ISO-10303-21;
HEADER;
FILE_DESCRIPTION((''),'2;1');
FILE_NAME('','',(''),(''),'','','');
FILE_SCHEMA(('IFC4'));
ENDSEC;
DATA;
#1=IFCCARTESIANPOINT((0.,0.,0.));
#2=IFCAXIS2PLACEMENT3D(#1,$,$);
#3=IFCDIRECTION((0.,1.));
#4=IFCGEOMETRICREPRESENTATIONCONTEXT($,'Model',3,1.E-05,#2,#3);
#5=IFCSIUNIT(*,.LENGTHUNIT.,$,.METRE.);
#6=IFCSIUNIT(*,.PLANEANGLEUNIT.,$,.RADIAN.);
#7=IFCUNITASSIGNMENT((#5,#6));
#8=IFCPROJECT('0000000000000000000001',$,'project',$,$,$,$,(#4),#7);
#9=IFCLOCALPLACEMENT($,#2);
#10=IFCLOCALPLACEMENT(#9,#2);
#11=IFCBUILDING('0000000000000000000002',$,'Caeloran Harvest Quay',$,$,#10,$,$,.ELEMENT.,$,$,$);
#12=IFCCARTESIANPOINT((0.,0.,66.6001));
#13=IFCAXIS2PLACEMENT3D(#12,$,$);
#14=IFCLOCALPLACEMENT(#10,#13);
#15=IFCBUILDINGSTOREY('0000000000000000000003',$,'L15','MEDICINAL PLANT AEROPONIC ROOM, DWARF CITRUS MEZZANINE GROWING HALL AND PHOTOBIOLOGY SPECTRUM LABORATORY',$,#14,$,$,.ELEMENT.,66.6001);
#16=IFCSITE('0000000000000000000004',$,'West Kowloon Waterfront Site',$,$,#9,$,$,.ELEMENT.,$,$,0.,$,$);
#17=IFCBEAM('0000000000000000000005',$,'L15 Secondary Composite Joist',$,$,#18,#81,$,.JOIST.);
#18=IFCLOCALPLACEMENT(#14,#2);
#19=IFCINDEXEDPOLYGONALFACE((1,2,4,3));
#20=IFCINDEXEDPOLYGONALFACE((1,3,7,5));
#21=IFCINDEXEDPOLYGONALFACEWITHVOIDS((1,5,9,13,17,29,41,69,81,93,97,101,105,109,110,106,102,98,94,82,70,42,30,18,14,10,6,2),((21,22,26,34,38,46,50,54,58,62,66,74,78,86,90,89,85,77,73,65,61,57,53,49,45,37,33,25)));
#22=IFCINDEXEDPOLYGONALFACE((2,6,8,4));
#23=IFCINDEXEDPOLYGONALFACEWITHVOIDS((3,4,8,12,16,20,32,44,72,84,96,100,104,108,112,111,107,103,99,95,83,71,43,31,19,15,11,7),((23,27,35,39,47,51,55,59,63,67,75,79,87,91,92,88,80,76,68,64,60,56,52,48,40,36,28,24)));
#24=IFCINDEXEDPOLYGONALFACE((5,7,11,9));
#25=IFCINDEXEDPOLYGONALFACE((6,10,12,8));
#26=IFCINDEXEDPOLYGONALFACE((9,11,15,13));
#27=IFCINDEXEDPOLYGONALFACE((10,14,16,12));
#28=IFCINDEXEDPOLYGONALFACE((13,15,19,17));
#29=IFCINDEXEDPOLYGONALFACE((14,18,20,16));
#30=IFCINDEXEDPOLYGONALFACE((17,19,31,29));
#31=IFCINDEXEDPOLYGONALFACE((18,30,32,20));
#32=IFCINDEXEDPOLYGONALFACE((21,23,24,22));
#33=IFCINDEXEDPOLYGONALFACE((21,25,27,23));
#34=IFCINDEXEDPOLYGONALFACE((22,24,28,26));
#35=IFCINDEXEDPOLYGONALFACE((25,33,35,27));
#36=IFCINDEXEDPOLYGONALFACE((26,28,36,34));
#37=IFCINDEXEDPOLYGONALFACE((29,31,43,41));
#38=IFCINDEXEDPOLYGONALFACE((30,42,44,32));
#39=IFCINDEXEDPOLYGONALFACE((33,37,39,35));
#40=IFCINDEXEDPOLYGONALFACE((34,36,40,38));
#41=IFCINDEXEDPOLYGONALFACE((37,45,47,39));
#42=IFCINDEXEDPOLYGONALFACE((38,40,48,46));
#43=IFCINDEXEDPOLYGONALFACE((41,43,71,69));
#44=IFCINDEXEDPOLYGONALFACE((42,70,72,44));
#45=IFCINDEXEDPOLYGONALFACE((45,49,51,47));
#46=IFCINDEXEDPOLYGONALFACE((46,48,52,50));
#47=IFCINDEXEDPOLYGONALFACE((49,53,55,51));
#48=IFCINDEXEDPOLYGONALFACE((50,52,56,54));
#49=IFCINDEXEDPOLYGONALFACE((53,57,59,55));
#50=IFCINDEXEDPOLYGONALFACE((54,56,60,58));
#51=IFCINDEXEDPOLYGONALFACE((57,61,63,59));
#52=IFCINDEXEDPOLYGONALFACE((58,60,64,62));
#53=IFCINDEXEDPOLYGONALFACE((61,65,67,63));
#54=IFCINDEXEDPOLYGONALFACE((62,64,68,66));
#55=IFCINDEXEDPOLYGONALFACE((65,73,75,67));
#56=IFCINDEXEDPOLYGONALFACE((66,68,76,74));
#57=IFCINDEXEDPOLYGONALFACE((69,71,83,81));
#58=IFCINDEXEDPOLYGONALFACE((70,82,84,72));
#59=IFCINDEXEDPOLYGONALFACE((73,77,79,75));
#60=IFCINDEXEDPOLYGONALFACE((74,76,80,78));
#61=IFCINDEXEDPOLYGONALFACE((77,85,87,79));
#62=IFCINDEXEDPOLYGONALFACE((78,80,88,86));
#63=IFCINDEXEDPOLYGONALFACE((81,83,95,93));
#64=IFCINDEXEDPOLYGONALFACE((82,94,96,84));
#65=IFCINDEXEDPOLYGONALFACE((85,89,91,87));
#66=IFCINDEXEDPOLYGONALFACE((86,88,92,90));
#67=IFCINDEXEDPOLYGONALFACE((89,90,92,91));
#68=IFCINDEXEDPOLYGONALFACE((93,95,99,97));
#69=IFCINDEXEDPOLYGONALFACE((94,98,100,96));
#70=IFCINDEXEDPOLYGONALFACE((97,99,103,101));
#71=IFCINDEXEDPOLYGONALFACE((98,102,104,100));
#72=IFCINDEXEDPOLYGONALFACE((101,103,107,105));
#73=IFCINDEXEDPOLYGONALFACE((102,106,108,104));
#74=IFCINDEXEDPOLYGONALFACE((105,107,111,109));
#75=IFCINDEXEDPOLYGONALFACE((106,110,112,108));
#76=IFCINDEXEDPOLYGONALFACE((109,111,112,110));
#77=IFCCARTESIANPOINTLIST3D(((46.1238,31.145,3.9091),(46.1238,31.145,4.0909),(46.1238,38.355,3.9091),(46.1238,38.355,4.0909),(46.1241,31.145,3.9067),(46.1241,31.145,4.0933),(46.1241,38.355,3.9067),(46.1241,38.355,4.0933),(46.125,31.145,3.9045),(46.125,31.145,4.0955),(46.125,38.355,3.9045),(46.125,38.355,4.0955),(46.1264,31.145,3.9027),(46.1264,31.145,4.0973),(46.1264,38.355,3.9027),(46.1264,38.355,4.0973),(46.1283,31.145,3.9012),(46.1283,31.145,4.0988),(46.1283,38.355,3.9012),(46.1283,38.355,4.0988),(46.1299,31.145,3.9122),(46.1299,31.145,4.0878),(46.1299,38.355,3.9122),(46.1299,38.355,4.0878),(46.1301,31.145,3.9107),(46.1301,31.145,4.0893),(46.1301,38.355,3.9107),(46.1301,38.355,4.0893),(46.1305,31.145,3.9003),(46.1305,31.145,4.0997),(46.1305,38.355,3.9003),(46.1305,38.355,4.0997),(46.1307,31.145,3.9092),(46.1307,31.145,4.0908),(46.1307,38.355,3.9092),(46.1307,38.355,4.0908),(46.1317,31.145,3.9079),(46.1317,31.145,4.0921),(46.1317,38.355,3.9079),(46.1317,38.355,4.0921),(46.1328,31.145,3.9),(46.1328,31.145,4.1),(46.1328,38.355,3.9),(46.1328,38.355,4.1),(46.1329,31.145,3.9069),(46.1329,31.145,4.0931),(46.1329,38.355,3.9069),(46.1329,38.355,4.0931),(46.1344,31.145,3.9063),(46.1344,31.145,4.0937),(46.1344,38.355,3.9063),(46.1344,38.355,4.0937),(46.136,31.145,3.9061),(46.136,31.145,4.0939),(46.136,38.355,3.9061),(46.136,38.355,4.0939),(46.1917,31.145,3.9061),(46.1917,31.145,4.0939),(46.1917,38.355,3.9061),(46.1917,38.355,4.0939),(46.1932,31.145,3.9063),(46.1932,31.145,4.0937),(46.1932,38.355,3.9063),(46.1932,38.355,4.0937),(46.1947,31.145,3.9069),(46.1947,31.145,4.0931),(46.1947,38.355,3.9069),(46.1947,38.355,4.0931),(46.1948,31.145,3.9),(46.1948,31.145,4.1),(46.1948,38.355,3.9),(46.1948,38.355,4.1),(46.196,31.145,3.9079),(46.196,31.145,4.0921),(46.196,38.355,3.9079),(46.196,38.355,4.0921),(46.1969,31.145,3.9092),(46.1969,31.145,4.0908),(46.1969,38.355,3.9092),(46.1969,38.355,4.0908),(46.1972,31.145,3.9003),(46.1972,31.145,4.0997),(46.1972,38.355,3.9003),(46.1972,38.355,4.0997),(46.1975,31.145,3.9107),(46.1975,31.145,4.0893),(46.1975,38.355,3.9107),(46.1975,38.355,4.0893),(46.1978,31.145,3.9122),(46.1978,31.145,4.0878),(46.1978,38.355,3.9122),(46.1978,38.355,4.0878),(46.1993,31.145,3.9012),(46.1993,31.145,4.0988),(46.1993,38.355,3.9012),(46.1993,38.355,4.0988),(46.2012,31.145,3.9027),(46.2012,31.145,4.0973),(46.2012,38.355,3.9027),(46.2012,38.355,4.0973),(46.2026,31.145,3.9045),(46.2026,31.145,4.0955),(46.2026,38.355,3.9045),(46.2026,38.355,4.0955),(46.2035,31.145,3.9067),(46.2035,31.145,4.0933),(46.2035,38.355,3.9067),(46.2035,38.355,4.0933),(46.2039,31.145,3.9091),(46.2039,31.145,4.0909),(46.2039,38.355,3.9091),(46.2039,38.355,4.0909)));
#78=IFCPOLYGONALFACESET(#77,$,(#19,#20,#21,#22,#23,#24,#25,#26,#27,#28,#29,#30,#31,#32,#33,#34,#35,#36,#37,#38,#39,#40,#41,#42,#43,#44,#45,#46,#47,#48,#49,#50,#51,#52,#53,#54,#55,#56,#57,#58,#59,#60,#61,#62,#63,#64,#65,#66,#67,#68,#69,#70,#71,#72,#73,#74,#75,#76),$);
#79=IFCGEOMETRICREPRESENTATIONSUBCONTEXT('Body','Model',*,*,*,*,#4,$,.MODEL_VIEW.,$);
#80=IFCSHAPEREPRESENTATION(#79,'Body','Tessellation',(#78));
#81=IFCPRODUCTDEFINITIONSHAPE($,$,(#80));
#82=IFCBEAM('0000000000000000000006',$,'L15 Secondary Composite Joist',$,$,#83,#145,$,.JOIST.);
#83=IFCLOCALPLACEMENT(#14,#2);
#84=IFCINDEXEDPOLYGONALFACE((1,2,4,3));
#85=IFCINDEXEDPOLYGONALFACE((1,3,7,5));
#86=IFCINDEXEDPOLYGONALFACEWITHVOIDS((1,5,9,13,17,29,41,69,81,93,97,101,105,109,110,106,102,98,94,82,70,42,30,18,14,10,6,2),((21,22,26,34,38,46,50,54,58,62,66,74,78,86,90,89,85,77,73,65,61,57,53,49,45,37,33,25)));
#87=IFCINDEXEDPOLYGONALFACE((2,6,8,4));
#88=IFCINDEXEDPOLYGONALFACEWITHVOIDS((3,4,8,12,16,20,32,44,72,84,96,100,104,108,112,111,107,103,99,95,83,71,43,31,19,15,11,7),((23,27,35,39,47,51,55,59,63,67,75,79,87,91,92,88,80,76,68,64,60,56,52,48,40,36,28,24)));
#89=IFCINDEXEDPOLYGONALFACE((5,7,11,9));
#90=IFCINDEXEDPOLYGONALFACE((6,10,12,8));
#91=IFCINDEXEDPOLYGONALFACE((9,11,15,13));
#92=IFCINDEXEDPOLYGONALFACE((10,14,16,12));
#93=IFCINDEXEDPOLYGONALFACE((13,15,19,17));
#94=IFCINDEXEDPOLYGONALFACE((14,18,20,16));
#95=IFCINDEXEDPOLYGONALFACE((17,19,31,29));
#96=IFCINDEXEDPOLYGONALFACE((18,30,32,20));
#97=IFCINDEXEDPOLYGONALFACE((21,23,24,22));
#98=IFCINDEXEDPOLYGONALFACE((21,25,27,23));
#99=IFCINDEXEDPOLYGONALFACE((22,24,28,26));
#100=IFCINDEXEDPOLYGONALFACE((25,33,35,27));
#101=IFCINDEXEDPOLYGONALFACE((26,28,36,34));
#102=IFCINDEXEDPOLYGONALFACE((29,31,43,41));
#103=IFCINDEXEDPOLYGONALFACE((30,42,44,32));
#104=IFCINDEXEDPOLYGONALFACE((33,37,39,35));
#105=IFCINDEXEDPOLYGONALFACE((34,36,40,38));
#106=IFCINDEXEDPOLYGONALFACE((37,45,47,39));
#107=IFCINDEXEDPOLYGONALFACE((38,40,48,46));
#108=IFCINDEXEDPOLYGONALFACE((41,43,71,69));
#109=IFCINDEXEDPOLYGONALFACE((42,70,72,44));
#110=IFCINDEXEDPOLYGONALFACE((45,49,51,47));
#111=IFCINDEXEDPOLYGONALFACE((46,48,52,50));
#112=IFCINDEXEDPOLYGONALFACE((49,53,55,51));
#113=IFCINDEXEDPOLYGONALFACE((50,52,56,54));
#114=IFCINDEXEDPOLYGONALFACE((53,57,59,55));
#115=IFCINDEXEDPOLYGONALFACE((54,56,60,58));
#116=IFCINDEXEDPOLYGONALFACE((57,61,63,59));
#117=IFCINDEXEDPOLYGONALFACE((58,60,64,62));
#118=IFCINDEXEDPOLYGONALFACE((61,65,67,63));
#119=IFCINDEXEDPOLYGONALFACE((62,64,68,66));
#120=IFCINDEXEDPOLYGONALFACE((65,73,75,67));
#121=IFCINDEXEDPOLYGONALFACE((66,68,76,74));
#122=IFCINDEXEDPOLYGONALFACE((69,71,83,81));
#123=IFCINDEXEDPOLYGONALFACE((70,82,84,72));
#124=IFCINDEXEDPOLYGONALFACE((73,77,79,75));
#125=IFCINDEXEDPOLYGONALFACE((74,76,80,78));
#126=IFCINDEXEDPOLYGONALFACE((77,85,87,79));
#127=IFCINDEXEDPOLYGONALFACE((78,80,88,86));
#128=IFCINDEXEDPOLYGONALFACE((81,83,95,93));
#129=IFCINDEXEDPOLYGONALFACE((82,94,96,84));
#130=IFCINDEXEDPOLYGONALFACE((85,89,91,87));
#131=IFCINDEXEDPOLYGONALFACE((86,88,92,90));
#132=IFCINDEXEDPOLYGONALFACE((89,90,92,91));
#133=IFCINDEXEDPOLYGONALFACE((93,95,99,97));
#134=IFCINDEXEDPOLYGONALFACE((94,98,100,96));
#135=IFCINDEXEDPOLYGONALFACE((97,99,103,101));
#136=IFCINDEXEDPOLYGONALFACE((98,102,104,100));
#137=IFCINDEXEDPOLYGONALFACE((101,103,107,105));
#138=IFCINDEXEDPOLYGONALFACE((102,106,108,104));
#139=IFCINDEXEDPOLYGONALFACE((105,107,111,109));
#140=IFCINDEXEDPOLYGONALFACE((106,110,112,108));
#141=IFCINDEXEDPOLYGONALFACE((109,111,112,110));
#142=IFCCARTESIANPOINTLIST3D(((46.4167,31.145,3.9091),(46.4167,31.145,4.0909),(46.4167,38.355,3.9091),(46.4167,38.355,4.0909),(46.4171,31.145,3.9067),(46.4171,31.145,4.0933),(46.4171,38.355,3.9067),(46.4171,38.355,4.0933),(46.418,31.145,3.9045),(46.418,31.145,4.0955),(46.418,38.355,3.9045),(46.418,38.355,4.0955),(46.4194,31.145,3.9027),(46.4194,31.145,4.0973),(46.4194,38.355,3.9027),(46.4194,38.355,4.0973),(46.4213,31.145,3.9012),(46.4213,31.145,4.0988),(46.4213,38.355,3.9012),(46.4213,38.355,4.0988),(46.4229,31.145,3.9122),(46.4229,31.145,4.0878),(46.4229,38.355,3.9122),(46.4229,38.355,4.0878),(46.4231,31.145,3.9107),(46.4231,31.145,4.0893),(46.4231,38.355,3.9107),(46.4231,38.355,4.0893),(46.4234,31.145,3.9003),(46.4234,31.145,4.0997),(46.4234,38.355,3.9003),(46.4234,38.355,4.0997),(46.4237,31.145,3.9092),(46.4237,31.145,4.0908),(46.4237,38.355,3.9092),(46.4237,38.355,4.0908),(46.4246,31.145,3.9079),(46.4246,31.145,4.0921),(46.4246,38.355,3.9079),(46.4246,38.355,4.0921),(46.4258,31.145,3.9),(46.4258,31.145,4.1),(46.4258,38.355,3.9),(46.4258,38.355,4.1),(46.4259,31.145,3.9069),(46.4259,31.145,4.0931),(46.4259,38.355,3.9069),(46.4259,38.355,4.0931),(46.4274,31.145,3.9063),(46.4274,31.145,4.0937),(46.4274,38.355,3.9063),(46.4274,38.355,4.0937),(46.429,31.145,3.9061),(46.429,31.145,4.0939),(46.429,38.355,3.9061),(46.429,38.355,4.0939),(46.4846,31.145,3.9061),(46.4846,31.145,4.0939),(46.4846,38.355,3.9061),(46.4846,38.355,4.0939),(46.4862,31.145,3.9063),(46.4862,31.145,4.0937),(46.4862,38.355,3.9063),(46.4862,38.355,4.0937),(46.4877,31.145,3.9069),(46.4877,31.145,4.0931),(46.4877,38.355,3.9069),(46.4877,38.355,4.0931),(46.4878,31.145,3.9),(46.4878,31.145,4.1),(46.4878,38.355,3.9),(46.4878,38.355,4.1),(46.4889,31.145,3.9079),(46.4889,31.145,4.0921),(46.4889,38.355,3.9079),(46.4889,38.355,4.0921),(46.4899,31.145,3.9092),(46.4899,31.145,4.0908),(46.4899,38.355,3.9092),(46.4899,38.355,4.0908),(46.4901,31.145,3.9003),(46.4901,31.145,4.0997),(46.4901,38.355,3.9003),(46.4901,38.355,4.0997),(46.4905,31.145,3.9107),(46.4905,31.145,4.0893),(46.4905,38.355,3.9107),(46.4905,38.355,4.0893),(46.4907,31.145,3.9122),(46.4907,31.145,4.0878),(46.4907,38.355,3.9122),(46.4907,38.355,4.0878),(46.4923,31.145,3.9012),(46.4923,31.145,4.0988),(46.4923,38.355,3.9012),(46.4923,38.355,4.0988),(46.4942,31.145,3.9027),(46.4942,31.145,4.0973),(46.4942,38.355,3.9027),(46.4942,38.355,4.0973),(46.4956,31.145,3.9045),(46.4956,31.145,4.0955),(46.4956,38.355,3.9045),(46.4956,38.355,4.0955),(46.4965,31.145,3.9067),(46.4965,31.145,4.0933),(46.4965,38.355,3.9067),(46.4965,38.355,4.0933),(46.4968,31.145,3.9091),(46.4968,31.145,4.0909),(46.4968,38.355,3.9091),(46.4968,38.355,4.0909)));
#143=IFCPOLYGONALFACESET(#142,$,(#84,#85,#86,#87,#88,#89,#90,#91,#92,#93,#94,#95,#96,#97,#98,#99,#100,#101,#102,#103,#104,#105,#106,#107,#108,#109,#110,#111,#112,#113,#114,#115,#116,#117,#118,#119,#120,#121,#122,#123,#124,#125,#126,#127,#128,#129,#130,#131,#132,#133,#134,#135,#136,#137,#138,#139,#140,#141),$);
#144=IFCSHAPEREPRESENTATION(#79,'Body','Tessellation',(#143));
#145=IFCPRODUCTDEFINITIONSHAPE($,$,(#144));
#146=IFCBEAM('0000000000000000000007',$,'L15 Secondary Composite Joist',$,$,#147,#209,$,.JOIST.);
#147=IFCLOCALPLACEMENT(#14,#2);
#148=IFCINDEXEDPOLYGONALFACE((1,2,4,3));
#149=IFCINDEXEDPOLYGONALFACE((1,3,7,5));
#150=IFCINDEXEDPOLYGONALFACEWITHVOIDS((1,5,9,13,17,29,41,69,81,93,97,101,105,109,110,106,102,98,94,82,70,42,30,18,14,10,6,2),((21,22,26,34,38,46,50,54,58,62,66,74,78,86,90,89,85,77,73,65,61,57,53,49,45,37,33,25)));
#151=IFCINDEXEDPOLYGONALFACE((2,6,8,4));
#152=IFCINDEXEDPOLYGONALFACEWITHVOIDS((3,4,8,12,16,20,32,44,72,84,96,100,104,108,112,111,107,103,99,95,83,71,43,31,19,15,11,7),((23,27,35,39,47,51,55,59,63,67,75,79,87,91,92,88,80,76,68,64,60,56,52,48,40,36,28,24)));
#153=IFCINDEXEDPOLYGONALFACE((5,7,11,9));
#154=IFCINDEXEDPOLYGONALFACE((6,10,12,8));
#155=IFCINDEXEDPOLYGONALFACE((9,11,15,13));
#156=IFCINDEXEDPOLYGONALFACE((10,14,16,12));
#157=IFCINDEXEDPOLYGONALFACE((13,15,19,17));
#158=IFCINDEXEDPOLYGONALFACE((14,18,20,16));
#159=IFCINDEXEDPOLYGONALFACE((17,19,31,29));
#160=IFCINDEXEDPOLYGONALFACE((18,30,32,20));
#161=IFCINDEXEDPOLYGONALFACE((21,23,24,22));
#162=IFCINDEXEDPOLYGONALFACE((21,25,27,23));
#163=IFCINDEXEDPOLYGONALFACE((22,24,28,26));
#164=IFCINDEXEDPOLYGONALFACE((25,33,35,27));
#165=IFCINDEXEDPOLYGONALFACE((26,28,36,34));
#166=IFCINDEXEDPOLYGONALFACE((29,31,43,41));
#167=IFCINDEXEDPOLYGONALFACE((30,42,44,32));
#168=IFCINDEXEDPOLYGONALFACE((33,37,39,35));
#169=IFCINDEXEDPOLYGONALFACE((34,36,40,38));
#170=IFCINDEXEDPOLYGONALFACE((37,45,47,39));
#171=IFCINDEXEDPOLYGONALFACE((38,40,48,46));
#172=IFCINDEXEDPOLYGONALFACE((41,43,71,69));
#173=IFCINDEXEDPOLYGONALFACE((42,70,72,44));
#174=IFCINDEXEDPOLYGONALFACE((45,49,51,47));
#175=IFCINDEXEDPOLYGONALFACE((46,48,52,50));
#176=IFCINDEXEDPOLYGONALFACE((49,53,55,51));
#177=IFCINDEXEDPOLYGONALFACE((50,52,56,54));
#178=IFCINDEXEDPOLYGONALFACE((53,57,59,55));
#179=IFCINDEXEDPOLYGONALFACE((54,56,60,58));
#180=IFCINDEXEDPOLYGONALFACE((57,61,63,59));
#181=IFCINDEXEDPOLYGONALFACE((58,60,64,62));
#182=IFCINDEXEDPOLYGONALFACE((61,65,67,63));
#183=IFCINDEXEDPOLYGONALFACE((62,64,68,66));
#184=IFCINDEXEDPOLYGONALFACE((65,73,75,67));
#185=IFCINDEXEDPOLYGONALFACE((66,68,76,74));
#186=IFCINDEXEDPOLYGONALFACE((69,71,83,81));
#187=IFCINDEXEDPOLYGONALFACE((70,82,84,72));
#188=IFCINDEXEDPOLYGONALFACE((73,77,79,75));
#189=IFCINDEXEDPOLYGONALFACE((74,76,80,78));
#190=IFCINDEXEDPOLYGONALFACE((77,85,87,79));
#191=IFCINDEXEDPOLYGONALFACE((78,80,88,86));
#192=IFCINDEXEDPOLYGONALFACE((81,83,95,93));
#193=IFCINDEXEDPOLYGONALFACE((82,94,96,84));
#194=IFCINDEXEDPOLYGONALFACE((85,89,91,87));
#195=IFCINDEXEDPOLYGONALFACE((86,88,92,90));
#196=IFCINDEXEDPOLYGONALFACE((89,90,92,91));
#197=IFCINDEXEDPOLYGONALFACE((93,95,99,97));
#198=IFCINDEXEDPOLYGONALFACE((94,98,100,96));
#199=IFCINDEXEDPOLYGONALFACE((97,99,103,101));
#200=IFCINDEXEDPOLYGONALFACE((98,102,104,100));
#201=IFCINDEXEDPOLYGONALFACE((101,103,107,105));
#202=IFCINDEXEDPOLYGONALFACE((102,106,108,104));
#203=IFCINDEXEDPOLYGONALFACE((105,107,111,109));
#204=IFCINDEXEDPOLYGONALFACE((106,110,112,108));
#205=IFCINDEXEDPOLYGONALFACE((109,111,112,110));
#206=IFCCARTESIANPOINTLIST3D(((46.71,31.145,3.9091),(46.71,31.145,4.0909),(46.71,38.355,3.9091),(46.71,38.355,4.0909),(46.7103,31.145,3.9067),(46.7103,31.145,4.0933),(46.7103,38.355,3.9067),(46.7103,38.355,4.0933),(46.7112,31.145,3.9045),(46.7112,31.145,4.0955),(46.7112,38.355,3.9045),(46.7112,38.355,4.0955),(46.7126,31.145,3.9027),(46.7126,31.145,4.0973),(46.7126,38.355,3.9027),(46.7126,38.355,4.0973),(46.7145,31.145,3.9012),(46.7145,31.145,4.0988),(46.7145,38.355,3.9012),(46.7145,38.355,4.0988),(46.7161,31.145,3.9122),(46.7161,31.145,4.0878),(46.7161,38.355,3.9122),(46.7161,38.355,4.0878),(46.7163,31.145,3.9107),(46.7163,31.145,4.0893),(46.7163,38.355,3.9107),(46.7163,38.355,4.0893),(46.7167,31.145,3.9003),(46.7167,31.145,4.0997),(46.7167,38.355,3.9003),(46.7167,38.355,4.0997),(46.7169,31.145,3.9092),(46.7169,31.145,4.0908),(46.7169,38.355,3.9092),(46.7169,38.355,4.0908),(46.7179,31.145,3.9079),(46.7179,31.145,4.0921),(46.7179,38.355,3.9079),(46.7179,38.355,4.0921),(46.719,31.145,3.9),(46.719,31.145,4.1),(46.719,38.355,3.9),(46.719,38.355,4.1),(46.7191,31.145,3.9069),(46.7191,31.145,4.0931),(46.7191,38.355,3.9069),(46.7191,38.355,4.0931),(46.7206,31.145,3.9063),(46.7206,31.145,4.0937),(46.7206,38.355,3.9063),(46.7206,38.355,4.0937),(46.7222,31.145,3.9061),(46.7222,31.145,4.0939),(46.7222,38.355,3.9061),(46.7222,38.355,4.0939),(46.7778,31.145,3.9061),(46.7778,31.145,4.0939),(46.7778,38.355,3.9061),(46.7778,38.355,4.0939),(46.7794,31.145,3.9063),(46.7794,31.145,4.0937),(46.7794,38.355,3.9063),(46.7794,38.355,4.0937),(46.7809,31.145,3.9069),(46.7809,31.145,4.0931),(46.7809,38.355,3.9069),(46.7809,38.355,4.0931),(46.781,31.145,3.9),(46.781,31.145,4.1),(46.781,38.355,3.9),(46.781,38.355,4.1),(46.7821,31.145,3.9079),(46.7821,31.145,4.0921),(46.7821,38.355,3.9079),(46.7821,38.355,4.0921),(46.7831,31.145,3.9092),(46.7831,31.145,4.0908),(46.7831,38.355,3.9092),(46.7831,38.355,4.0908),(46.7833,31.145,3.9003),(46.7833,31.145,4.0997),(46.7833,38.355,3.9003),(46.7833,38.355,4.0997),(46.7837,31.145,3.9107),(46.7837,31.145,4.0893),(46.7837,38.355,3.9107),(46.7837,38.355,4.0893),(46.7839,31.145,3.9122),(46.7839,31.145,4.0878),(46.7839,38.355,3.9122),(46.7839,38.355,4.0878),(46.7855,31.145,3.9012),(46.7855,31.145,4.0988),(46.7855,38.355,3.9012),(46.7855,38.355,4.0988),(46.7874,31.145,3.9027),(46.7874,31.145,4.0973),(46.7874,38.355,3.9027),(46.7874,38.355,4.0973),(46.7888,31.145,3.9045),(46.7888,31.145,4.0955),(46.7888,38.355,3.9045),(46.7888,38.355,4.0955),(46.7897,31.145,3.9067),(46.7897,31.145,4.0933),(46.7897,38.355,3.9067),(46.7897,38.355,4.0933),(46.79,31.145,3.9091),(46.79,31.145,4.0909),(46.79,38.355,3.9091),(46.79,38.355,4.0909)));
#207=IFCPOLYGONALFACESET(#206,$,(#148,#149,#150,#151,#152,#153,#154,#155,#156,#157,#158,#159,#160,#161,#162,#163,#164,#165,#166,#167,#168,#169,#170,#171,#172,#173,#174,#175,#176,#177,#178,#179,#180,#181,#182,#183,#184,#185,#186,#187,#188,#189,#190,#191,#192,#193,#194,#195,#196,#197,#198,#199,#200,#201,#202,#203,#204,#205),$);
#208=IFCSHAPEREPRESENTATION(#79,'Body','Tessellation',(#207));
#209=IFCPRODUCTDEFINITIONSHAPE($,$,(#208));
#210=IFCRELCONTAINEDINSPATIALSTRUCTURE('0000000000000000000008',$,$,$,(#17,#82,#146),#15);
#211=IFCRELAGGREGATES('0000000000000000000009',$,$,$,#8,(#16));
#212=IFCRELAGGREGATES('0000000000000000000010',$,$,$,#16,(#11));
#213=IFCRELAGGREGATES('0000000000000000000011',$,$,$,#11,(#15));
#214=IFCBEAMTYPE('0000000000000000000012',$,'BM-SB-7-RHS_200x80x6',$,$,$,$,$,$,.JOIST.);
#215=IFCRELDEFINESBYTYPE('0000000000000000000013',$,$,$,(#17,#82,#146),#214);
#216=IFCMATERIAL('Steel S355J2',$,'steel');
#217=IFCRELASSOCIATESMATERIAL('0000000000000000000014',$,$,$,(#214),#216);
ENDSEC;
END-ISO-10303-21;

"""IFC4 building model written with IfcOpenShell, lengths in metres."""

from ifc_helpers import new_model, si_unit, direction, frame, origin, origin_2d, place, context, subcontext, project, spatial, hollow_rectangle, extrude, material, material_profile, profile_set, type_object, element, save


model = new_model("IFC4")

# Units and contexts
model_context = context("Model", 3, precision=1e-05, world=origin(), true_north=direction((0.0, 1.0)))
body_context = subcontext(model_context, "Body", "Model", "MODEL_VIEW")
ifc_project = project(units=[si_unit("LENGTHUNIT", "METRE"), si_unit("PLANEANGLEUNIT", "RADIAN")], contexts=[model_context])

# Site, building, storey
site_placement = place(None, origin())
site = spatial("IfcSite", under=ifc_project, at=site_placement, Name="West Kowloon Waterfront Site", CompositionType="ELEMENT", RefElevation=0.0)
building_placement = place(site_placement, origin())
building = spatial("IfcBuilding", under=site, at=building_placement, Name="Caeloran Harvest Quay", CompositionType="ELEMENT")
storey_placement = place(building_placement, frame((0.0, 0.0, 66.6001)))
storey = spatial("IfcBuildingStorey", under=building, at=storey_placement, Name="L15", Description="MEDICINAL PLANT AEROPONIC ROOM, DWARF CITRUS MEZZANINE GROWING HALL AND PHOTOBIOLOGY SPECTRUM LABORATORY", CompositionType="ELEMENT", Elevation=66.6001)

# Beams
ifc_material_1 = material(Name="Steel S355J2", Category="steel")
ifc_material_profile_1 = material_profile(ifc_material_1, hollow_rectangle(XDim=0.0801, YDim=0.2, WallThickness=0.0061, InnerFilletRadius=0.0061, OuterFilletRadius=0.009, at=origin_2d()), Name="RHS 200x80x6")
ifc_profile_set_1 = profile_set([ifc_material_profile_1], Name="Steel S355J2")
beam_type_1 = type_object("IfcBeamType", Name="BM-SB-7-RHS_200x80x6", PredefinedType="JOIST", material=ifc_profile_set_1)
for number, where, z_axis, x_axis, name in (
    (1, (46.1638, 31.145, 4.0), (0.0, 1.0, 0.0), (-1.0, 0.0, 0.0), "L15 Secondary Composite Joist"),
    (2, (46.4568, 31.145, 4.0), (0.0, 1.0, 0.0), (-1.0, 0.0, 0.0), "L15 Secondary Composite Joist"),
    (3, (46.75, 31.145, 4.0), (0.0, 1.0, 0.0), (-1.0, 0.0, 0.0), "L15 Secondary Composite Joist"),
):
    element("IfcBeam", number, at=place(storey_placement, frame(where, z_axis=z_axis, x_axis=x_axis)), inside=storey, type_object=beam_type_1, Name=name, PredefinedType="JOIST", context=body_context, shape_type="SweptSolid", body=[
        extrude(hollow_rectangle(XDim=0.0801, YDim=0.2, WallThickness=0.0061, InnerFilletRadius=0.0061, OuterFilletRadius=0.009, at=origin_2d()), origin(), (0.0, 0.0, 1.0), 7.21),
    ])

save(model, "model.ifc")
